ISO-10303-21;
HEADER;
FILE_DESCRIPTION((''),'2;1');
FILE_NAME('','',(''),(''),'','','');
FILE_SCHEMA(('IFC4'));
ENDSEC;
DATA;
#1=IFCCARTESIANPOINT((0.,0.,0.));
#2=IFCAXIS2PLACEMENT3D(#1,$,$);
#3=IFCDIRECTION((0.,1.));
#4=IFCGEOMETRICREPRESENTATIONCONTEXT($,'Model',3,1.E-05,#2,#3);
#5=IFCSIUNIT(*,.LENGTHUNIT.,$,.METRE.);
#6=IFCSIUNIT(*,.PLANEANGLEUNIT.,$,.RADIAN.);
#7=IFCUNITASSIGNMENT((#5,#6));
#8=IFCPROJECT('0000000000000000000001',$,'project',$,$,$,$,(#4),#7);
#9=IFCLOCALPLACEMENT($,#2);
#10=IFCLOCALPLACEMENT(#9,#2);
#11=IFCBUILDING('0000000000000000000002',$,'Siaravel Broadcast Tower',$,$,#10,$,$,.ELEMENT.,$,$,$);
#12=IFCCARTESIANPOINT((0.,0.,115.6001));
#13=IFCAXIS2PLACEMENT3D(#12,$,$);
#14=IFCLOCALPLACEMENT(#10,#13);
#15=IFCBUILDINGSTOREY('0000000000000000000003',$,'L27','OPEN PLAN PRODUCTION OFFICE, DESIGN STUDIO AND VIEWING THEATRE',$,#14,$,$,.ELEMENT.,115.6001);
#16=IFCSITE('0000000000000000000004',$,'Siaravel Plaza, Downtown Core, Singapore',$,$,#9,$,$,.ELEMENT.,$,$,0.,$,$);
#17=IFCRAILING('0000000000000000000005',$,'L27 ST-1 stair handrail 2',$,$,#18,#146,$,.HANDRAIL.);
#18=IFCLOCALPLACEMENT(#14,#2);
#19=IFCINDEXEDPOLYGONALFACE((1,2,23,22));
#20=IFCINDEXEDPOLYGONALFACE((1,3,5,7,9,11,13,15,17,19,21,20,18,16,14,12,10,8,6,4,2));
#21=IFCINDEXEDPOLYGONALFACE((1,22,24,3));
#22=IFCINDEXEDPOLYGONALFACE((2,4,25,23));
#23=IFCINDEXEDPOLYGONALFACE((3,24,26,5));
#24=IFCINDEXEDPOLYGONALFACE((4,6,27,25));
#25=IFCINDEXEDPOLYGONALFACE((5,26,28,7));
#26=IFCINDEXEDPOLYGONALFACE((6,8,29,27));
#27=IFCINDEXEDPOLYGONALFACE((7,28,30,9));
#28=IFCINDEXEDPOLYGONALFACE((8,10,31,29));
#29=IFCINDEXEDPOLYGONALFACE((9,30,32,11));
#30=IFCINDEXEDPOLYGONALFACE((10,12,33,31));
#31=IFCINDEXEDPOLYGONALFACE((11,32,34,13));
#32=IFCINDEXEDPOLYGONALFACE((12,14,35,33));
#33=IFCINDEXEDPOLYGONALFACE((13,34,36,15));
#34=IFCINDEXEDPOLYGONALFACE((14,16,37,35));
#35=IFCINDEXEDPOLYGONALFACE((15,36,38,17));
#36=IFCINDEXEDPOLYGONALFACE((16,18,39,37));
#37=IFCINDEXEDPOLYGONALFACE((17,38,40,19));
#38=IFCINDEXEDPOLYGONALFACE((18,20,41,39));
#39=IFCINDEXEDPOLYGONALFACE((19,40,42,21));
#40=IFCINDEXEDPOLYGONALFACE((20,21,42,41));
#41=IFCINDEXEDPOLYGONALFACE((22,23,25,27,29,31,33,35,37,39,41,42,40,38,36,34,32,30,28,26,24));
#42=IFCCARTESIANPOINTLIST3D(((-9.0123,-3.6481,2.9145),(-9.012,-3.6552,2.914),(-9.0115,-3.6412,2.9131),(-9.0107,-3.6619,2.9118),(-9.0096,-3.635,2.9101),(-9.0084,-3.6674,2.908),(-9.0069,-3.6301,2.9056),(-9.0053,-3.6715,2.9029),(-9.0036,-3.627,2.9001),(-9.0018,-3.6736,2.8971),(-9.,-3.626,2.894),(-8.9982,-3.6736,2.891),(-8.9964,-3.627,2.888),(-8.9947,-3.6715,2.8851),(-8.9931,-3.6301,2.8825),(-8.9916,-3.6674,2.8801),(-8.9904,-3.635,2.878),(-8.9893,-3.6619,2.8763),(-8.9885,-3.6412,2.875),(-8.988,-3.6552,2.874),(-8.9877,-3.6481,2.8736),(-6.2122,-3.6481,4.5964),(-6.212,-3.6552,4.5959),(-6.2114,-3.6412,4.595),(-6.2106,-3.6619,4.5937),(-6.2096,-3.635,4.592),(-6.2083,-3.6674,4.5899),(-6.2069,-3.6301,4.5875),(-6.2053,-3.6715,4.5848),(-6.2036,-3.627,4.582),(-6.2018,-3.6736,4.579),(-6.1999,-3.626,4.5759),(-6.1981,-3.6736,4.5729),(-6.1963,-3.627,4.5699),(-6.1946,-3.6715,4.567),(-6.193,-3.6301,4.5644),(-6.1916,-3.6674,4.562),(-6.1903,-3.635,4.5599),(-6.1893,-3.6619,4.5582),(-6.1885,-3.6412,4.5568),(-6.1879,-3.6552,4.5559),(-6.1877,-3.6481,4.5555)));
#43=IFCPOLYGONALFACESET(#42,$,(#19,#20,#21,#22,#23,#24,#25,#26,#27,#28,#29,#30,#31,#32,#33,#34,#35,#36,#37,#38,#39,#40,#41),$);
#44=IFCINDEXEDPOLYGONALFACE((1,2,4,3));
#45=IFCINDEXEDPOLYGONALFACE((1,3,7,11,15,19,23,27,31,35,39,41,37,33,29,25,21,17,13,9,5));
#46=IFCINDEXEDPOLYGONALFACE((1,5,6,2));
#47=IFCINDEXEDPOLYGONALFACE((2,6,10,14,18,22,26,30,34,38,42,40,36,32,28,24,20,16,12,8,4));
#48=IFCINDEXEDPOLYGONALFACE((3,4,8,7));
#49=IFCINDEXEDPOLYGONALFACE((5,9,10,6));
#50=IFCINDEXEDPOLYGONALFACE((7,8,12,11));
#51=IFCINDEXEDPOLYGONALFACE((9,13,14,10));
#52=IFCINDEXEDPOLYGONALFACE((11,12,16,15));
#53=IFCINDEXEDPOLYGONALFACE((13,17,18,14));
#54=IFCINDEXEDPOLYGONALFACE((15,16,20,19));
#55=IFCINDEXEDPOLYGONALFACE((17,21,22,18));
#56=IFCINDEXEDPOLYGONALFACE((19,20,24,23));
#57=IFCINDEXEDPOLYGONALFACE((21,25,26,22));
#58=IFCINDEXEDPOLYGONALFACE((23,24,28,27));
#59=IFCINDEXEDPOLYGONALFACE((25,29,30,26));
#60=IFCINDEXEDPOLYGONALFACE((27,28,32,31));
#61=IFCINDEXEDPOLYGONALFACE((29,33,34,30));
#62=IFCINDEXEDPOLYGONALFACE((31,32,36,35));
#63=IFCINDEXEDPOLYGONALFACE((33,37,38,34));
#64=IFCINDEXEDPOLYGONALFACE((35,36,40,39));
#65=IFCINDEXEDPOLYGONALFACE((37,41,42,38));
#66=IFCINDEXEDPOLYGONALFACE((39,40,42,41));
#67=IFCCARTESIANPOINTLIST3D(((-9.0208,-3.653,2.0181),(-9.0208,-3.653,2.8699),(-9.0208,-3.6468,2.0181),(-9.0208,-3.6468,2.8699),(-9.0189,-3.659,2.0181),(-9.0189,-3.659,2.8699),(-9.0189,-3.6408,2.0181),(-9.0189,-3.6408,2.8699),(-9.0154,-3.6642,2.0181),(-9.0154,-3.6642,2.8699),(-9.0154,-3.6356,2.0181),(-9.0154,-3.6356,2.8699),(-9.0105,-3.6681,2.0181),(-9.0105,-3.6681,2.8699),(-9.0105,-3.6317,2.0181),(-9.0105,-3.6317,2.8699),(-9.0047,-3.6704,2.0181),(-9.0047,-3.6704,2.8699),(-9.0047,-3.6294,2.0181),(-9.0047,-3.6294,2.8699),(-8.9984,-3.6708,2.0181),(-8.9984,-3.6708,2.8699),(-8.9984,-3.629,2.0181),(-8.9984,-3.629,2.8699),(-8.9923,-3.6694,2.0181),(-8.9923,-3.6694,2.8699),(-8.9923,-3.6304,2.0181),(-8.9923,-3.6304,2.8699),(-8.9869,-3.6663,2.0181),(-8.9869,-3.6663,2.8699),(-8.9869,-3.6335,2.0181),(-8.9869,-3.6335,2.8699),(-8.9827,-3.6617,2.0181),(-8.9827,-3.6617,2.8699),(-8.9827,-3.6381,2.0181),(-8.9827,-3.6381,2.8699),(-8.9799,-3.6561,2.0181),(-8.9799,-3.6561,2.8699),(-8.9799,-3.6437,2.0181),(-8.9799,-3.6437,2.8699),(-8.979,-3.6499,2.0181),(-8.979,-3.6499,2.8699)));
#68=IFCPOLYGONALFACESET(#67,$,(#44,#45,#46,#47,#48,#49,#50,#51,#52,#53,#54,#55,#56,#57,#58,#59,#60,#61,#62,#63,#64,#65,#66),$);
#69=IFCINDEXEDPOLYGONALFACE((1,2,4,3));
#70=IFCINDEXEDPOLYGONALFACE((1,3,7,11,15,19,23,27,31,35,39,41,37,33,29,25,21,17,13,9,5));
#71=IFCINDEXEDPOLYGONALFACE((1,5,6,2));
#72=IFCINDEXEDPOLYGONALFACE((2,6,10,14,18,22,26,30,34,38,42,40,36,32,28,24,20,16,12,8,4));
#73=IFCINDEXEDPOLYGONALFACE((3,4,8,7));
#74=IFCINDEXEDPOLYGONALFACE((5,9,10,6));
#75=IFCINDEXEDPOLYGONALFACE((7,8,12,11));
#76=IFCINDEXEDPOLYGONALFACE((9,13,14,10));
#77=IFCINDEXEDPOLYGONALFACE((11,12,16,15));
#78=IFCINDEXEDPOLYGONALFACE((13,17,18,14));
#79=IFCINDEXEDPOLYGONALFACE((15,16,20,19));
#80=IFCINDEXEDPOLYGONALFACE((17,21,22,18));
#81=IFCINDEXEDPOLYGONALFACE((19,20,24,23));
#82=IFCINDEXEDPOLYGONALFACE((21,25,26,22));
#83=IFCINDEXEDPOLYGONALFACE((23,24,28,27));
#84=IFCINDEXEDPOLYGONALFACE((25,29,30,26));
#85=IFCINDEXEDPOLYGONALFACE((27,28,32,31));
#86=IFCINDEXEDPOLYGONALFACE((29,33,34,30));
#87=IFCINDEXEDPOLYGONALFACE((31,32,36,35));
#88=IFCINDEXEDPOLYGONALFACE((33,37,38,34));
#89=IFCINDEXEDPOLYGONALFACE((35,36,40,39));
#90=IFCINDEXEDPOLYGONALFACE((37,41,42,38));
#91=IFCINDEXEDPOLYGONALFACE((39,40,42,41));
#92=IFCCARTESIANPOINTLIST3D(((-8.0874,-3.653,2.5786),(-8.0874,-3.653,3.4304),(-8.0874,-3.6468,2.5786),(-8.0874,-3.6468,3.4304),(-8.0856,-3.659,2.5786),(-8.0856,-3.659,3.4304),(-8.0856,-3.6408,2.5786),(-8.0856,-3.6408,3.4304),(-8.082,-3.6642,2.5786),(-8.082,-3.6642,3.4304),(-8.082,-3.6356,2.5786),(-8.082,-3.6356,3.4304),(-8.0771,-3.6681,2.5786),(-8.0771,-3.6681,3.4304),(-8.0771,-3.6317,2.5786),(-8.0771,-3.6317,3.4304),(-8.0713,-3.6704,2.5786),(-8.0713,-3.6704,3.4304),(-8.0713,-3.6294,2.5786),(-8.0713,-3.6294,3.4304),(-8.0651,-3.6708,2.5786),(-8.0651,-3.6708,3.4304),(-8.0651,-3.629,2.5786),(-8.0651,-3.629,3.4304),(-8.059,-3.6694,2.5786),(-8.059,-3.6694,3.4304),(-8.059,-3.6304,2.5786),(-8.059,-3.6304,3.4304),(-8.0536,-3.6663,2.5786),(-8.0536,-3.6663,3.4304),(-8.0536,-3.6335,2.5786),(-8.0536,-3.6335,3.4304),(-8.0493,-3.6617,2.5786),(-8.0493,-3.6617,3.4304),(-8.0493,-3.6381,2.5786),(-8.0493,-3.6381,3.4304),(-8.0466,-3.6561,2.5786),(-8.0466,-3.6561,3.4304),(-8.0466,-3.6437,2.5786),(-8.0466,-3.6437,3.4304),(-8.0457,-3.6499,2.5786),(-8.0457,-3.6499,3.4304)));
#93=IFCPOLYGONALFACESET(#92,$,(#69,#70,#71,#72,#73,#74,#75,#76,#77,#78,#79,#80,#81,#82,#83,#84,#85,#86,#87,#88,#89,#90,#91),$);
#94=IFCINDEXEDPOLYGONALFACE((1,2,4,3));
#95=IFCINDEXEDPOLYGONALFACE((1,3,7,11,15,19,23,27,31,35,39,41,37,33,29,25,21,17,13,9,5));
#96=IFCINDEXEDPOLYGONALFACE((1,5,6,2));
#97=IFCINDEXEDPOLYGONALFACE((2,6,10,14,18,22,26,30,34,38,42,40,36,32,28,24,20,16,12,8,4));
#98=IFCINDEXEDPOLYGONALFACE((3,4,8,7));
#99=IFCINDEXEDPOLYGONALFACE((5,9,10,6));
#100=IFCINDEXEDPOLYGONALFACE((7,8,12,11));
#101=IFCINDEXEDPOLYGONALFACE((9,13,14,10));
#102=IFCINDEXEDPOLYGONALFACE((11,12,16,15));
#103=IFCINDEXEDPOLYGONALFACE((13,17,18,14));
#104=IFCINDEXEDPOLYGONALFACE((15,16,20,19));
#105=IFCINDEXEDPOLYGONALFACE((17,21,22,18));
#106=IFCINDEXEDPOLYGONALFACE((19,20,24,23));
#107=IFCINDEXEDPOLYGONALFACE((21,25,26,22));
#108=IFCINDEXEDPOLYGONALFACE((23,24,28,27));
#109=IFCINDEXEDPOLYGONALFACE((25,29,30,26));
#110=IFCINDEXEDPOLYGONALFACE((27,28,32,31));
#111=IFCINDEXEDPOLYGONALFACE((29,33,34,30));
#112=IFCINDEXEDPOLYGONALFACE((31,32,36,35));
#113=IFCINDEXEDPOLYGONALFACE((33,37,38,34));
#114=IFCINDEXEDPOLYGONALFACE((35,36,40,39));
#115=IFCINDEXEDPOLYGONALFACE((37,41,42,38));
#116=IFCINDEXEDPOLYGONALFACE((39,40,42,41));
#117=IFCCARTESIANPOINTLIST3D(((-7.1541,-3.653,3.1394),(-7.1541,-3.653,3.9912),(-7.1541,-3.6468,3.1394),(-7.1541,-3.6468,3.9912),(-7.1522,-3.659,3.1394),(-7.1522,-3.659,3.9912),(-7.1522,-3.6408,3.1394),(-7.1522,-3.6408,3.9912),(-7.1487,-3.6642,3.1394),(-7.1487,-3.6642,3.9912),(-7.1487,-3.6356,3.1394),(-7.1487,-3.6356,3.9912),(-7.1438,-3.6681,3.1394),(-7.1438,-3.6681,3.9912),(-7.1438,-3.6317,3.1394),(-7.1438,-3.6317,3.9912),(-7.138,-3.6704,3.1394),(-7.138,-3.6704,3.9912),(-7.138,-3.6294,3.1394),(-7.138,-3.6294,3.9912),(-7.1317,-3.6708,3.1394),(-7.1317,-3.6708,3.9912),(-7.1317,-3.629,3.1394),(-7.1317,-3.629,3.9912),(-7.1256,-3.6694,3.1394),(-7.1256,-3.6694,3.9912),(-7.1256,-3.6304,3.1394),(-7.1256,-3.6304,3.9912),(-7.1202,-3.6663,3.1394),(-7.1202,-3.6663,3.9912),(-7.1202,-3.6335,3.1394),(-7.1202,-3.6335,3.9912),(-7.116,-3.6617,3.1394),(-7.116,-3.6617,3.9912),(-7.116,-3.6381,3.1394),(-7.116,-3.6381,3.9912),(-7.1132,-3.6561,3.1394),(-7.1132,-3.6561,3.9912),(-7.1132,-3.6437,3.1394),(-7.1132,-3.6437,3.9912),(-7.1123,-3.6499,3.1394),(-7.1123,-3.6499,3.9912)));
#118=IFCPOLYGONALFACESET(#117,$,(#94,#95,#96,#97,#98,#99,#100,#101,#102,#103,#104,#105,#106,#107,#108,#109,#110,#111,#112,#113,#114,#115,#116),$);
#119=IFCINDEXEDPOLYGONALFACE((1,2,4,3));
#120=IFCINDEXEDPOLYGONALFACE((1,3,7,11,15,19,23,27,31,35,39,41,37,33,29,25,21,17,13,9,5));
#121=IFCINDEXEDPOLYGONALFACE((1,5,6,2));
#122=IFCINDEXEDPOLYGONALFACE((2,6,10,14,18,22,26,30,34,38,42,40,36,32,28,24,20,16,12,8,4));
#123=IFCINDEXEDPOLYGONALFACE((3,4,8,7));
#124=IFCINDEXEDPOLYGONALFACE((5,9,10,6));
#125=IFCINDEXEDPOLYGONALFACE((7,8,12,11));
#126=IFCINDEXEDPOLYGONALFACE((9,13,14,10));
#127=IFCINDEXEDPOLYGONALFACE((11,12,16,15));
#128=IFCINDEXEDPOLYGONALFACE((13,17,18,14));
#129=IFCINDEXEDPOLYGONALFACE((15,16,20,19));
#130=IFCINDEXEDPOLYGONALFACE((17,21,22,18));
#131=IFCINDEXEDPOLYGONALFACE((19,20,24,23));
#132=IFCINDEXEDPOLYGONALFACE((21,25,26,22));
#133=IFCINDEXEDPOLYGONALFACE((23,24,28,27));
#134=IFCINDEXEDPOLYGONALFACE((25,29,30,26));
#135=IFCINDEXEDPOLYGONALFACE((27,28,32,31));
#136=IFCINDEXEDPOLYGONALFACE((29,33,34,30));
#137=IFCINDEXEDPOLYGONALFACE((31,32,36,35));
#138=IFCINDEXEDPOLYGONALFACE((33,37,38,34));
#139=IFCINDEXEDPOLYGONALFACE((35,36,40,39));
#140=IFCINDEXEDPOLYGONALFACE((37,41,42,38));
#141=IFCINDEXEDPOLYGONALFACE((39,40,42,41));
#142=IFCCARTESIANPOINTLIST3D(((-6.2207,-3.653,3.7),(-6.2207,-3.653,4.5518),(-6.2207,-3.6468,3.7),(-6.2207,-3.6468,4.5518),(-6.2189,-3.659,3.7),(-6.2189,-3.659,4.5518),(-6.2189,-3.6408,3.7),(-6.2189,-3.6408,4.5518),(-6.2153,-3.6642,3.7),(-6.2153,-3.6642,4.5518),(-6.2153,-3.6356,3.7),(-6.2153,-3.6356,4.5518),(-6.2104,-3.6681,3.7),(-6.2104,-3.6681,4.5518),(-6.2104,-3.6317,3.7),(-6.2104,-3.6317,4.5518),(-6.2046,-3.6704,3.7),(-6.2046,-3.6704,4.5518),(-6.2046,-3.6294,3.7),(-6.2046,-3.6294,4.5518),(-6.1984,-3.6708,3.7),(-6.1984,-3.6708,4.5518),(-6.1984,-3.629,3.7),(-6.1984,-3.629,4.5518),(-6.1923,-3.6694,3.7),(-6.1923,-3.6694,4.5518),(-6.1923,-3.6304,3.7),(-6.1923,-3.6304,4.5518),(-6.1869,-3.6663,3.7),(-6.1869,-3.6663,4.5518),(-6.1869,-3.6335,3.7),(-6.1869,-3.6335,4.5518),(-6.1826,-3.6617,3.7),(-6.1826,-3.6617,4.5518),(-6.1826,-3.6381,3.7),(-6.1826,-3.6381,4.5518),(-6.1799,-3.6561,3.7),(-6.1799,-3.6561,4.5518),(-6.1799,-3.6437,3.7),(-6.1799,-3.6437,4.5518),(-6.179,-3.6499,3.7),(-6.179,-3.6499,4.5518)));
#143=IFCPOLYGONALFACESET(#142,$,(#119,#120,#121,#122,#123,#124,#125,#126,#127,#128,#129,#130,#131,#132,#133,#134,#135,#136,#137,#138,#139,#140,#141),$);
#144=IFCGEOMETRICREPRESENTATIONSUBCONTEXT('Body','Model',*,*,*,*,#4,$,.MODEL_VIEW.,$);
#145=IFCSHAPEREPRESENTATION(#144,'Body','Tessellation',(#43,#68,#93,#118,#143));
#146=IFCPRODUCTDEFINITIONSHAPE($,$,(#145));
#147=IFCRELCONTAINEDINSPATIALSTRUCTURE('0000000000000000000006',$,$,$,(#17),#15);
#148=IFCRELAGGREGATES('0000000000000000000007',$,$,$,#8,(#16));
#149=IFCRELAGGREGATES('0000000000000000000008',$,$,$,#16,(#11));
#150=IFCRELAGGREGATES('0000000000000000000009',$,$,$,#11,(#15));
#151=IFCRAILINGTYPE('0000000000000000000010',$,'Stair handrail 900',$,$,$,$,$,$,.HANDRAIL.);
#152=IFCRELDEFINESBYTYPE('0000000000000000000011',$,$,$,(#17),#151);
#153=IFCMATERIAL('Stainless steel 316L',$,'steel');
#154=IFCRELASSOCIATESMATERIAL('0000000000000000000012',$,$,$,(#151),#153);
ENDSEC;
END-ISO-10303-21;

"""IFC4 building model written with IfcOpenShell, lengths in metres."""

from ifc_helpers import new_model, si_unit, direction, frame, origin, origin_2d, place, context, subcontext, project, spatial, circle, extrude, material, type_object, element, save


model = new_model("IFC4")

# Units and contexts
model_context = context("Model", 3, precision=1e-05, world=origin(), true_north=direction((0.0, 1.0)))
body_context = subcontext(model_context, "Body", "Model", "MODEL_VIEW")
ifc_project = project(units=[si_unit("LENGTHUNIT", "METRE"), si_unit("PLANEANGLEUNIT", "RADIAN")], contexts=[model_context])

# Site, building, storey
site_placement = place(None, origin())
site = spatial("IfcSite", under=ifc_project, at=site_placement, Name="Siaravel Plaza, Downtown Core, Singapore", CompositionType="ELEMENT", RefElevation=0.0)
building_placement = place(site_placement, origin())
building = spatial("IfcBuilding", under=site, at=building_placement, Name="Siaravel Broadcast Tower", CompositionType="ELEMENT")
storey_placement = place(building_placement, frame((0.0, 0.0, 115.6001)))
storey = spatial("IfcBuildingStorey", under=building, at=storey_placement, Name="L27", Description="OPEN PLAN PRODUCTION OFFICE, DESIGN STUDIO AND VIEWING THEATRE", CompositionType="ELEMENT", Elevation=115.6001)

# Railing
ifc_material_1 = material(Name="Stainless steel 316L", Category="steel")
railing_type_1 = type_object("IfcRailingType", Name="Stair handrail 900", PredefinedType="HANDRAIL", material=ifc_material_1)
railing_1_placement = place(storey_placement, frame((-9.0, -3.6499, 2.0181)))
element("IfcRailing", 1, at=railing_1_placement, inside=storey, type_object=railing_type_1, Name="L27 ST-1 stair handrail 2", PredefinedType="HANDRAIL", context=body_context, shape_type="SweptSolid", body=[
    extrude(circle(Radius=0.0239, at=origin_2d()), frame((0.0, 0.0, 0.876), z_axis=(0.857242, 0.0, 0.514913), x_axis=(0.0, 1.0, 0.0)), (0.0, 0.0, 1.0), 3.2664),
    extrude(circle(Radius=0.021, at=origin_2d()), origin(), (0.0, 0.0, 1.0), 0.8518),
    extrude(circle(Radius=0.021, at=origin_2d()), frame((0.9333, 0.0, 0.5605)), (0.0, 0.0, 1.0), 0.8518),
    extrude(circle(Radius=0.021, at=origin_2d()), frame((1.8667, 0.0, 1.1213)), (0.0, 0.0, 1.0), 0.8518),
    extrude(circle(Radius=0.021, at=origin_2d()), frame((2.8, 0.0, 1.6819)), (0.0, 0.0, 1.0), 0.8518),
])

save(model, "model.ifc")
